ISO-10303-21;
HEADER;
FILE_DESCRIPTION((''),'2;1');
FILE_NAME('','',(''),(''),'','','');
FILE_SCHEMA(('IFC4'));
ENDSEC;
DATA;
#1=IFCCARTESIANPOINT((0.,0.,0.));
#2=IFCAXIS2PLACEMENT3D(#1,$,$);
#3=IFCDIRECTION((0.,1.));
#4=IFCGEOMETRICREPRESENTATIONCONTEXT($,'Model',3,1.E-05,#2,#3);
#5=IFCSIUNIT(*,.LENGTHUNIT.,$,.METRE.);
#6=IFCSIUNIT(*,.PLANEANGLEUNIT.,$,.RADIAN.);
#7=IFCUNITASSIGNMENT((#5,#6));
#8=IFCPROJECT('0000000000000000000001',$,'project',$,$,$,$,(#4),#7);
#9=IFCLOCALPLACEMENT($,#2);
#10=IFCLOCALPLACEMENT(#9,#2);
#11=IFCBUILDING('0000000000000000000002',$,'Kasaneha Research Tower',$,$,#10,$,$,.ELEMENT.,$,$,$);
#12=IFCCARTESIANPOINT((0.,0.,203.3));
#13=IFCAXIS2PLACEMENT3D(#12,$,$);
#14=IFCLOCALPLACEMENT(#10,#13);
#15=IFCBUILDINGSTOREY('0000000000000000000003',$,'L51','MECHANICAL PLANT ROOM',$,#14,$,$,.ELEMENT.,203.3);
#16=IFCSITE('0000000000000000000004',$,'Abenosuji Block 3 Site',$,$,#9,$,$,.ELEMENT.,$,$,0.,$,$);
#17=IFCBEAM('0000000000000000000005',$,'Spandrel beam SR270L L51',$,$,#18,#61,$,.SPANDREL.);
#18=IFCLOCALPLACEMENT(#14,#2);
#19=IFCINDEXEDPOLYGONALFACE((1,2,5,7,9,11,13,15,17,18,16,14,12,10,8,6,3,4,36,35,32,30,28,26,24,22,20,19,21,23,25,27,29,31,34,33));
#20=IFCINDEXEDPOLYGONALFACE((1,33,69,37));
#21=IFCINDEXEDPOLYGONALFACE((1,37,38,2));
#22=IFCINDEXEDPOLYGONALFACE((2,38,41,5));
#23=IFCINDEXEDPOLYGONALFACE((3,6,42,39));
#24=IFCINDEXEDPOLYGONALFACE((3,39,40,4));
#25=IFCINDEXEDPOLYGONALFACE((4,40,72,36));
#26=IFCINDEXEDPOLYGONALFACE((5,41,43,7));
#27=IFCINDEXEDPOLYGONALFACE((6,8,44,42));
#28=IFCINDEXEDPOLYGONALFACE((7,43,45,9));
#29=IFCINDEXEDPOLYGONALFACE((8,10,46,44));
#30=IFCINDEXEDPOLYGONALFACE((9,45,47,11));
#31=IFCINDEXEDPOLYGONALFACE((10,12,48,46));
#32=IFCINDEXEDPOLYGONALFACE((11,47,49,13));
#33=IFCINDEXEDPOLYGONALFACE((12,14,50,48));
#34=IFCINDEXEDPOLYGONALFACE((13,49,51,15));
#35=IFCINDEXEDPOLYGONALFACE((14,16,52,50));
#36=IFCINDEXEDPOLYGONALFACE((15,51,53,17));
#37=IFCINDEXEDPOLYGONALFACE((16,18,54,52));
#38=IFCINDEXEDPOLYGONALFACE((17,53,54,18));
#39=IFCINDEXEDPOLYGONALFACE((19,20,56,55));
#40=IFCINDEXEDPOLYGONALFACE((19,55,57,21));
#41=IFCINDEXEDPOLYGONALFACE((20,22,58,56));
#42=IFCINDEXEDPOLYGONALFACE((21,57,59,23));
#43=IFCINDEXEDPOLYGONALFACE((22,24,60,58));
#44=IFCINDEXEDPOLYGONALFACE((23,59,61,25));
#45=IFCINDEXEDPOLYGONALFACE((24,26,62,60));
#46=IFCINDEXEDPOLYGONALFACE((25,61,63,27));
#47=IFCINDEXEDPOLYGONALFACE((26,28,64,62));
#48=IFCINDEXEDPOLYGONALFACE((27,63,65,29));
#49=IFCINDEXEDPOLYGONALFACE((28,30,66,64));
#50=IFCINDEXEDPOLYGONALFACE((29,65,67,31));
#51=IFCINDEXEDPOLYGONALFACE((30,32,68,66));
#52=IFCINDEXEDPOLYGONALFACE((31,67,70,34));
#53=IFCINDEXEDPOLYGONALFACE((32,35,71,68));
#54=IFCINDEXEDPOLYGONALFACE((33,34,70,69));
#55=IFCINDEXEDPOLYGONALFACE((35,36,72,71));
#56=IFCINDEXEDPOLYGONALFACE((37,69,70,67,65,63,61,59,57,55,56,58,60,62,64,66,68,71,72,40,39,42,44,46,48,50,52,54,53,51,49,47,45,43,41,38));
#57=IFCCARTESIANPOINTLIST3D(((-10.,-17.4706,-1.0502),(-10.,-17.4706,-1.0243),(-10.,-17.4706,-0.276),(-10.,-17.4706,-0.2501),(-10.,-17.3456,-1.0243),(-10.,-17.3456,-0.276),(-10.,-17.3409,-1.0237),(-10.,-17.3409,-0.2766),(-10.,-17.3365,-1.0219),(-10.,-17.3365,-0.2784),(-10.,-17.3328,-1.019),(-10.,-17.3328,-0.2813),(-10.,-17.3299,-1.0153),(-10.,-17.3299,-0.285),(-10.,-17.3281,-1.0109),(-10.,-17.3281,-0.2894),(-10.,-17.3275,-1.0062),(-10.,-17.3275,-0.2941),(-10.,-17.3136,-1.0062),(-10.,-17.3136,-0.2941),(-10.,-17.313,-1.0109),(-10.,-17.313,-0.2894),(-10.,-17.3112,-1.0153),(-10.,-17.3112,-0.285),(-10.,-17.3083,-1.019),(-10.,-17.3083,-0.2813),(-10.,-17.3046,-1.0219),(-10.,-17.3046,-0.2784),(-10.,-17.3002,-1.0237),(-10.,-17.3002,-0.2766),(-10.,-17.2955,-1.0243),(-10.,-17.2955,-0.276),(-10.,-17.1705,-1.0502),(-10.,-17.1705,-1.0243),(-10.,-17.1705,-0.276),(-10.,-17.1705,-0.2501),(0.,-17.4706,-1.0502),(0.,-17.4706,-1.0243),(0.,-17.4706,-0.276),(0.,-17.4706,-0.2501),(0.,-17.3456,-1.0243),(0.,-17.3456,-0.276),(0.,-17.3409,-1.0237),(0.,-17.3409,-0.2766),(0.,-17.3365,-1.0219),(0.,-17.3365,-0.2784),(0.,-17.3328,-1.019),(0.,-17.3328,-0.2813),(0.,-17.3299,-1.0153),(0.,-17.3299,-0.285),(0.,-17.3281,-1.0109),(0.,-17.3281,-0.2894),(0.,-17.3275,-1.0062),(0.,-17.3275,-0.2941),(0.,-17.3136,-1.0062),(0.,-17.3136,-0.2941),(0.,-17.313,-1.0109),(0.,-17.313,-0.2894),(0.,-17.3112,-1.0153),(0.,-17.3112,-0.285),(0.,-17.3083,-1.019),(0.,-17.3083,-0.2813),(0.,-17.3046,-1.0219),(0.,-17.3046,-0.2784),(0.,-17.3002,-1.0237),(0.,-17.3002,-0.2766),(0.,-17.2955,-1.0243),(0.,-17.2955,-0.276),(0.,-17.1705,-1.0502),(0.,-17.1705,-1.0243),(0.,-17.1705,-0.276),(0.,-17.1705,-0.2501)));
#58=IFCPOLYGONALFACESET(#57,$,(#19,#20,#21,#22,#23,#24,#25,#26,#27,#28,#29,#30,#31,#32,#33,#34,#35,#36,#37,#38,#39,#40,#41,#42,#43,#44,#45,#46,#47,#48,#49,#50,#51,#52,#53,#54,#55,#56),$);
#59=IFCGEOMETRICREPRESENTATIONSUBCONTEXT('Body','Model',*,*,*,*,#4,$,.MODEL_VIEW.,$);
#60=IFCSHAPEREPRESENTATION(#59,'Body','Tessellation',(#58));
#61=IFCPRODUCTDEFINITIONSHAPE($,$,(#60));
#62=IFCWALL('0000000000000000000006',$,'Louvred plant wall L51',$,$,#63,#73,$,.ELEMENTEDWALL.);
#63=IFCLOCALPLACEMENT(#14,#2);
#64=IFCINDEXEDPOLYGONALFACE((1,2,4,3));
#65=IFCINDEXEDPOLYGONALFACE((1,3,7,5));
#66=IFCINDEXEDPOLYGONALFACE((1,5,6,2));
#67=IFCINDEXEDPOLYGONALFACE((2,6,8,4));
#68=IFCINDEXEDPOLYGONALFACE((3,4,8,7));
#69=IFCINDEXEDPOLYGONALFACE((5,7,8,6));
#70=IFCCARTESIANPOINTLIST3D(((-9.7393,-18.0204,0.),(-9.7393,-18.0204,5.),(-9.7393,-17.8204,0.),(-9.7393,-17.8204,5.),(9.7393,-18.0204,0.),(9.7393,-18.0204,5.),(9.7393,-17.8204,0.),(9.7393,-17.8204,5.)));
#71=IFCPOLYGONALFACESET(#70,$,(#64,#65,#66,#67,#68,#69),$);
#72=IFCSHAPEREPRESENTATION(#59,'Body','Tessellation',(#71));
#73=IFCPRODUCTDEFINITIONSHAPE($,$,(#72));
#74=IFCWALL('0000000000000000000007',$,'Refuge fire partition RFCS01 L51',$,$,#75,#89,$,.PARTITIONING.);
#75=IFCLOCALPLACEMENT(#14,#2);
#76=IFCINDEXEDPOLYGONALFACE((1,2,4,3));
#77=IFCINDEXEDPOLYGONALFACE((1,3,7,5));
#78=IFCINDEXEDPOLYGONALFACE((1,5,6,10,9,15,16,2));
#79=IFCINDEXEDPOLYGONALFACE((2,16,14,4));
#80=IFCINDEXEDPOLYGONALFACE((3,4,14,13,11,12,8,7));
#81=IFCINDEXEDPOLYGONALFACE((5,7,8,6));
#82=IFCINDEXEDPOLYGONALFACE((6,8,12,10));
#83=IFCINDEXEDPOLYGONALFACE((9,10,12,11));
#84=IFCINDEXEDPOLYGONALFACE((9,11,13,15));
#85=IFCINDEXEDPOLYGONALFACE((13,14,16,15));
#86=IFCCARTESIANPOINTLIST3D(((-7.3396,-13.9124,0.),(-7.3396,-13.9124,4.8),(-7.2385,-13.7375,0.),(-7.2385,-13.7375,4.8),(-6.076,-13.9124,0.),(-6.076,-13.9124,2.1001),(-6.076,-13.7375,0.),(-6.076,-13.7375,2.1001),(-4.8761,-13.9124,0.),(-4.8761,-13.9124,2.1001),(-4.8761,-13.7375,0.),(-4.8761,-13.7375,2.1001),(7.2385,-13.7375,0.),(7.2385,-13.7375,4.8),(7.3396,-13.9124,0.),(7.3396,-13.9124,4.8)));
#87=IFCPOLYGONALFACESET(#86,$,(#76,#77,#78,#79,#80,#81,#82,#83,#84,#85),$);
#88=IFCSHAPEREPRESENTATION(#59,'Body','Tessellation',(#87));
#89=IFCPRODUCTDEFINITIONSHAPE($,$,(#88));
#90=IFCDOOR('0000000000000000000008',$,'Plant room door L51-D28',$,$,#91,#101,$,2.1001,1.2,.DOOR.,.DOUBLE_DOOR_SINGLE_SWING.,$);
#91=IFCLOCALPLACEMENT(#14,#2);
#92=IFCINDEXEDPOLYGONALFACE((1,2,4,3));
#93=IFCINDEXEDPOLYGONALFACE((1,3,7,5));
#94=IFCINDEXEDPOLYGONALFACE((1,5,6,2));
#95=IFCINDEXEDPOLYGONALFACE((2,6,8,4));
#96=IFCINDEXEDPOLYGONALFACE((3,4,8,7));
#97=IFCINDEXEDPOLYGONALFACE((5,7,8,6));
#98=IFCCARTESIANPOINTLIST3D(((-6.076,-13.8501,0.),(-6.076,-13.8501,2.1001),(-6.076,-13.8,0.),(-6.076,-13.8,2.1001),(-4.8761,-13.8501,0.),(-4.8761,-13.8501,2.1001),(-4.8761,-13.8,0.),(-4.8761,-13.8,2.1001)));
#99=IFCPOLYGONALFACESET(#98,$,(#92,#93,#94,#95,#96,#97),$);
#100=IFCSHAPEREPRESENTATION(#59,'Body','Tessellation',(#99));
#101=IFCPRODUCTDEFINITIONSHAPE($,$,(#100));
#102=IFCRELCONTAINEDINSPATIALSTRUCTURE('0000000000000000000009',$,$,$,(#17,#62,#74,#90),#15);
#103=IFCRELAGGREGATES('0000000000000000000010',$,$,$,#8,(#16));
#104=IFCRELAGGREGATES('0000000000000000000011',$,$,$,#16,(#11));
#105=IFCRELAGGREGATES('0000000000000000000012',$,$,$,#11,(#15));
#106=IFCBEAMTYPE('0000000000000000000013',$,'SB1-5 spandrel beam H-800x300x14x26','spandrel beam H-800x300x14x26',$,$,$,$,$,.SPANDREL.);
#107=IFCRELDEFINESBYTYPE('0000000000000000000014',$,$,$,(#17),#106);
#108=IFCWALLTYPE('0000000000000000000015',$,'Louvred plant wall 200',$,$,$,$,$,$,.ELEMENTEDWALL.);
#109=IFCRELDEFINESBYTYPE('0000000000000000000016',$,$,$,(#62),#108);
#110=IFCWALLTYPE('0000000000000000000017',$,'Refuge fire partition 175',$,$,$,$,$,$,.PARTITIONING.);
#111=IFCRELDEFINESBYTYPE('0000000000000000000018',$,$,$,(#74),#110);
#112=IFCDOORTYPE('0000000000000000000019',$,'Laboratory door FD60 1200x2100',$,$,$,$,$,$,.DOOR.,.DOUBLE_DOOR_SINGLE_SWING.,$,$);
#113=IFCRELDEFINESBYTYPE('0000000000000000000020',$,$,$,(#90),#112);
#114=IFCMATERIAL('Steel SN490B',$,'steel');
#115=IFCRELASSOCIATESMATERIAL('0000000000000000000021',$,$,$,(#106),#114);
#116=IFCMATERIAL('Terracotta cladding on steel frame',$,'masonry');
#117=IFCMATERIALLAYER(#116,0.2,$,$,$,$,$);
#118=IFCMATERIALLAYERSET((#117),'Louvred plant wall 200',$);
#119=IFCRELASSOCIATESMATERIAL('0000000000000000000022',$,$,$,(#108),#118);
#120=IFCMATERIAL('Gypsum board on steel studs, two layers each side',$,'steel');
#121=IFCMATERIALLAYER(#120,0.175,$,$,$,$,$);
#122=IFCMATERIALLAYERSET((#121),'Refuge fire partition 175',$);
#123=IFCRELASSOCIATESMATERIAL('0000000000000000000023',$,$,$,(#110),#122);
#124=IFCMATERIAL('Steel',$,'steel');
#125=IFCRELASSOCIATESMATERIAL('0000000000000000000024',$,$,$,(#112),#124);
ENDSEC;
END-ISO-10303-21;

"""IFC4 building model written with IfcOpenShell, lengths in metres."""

from ifc_helpers import new_model, si_unit, direction, frame, frame_2d, origin, origin_2d, place, context, subcontext, project, spatial, polyline, rectangle, i_section, outline, extrude, material, layer, layer_set, material_profile, profile_set, type_object, element, fill, save


model = new_model("IFC4")

# Units and contexts
model_context = context("Model", 3, precision=1e-05, world=origin(), true_north=direction((0.0, 1.0)))
body_context = subcontext(model_context, "Body", "Model", "MODEL_VIEW")
ifc_project = project(units=[si_unit("LENGTHUNIT", "METRE"), si_unit("PLANEANGLEUNIT", "RADIAN")], contexts=[model_context])

# Site, building, storey
site_placement = place(None, origin())
site = spatial("IfcSite", under=ifc_project, at=site_placement, Name="Abenosuji Block 3 Site", CompositionType="ELEMENT", RefElevation=0.0)
building_placement = place(site_placement, origin())
building = spatial("IfcBuilding", under=site, at=building_placement, Name="Kasaneha Research Tower", CompositionType="ELEMENT")
storey_placement = place(building_placement, frame((0.0, 0.0, 203.3)))
storey = spatial("IfcBuildingStorey", under=building, at=storey_placement, Name="L51", Description="MECHANICAL PLANT ROOM", CompositionType="ELEMENT", Elevation=203.3)

# Beam
ifc_material_1 = material(Name="Steel SN490B", Category="steel")
ifc_material_profile_1 = material_profile(ifc_material_1, i_section(OverallWidth=0.3, OverallDepth=0.8, WebThickness=0.0139, FlangeThickness=0.0259, FilletRadius=0.0181, at=origin_2d()), Name="H-800x300x14x26")
ifc_profile_set_1 = profile_set([ifc_material_profile_1], Name="Steel SN490B")
beam_type_1 = type_object("IfcBeamType", Name="SB1-5 spandrel beam H-800x300x14x26", Description="spandrel beam H-800x300x14x26", PredefinedType="SPANDREL", material=ifc_profile_set_1)
beam_1_placement = place(storey_placement, frame((-10.0, -17.3206, -0.6501), z_axis=(1.0, 0.0, 0.0), x_axis=(0.0, 1.0, 0.0)))
element("IfcBeam", 1, at=beam_1_placement, inside=storey, type_object=beam_type_1, Name="Spandrel beam SR270L L51", PredefinedType="SPANDREL", context=body_context, shape_type="SweptSolid", body=[
    extrude(i_section(OverallWidth=0.3, OverallDepth=0.8, WebThickness=0.0139, FlangeThickness=0.0259, FilletRadius=0.0181, at=origin_2d()), origin(), (0.0, 0.0, 1.0), 10.0),
])

# Wall
ifc_material_2 = material(Name="Terracotta cladding on steel frame", Category="masonry")
ifc_layer_1 = layer(ifc_material_2, 0.2)
ifc_layer_set_1 = layer_set([ifc_layer_1], Name="Louvred plant wall 200")
wall_type_1 = type_object("IfcWallType", Name="Louvred plant wall 200", PredefinedType="ELEMENTEDWALL", material=ifc_layer_set_1)
wall_1_placement = place(storey_placement, frame((-9.7393, -17.9204, 0.0), z_axis=(0.0, 0.0, 1.0), x_axis=(1.0, 0.0, 0.0)))
element("IfcWall", 2, at=wall_1_placement, inside=storey, type_object=wall_type_1, Name="Louvred plant wall L51", PredefinedType="ELEMENTEDWALL", context=body_context, shape_type="SweptSolid", body=[
    extrude(rectangle(XDim=19.4785, YDim=0.2, at=frame_2d((9.7393, 0.0))), origin(), (0.0, 0.0, 1.0), 5.0),
])

# Wall, opening, door
ifc_material_3 = material(Name="Gypsum board on steel studs, two layers each side", Category="steel")
ifc_layer_2 = layer(ifc_material_3, 0.175)
ifc_layer_set_2 = layer_set([ifc_layer_2], Name="Refuge fire partition 175")
wall_type_2 = type_object("IfcWallType", Name="Refuge fire partition 175", PredefinedType="PARTITIONING", material=ifc_layer_set_2)
wall_2_placement = place(storey_placement, frame((-7.2891, -13.825, 0.0), z_axis=(0.0, 0.0, 1.0), x_axis=(1.0, 0.0, 0.0)))
wall_2 = element("IfcWall", 3, at=wall_2_placement, inside=storey, type_object=wall_type_2, Name="Refuge fire partition RFCS01 L51", PredefinedType="PARTITIONING", context=body_context, shape_type="SweptSolid", body=[
    extrude(outline(polyline([(-0.0505, -0.0874), (1.2129, -0.0874), (2.4128, -0.0874), (14.6287, -0.0874), (14.5276, 0.0874), (2.4128, 0.0874), (1.2129, 0.0874), (0.0505, 0.0874), (-0.0505, -0.0874)])), origin(), (0.0, 0.0, 1.0), 4.8),
])
opening_placement = place(wall_2_placement, frame((1.2129, 0.0, 0.0)))
opening = element("IfcOpeningElement", 4, at=opening_placement, cuts=wall_2, PredefinedType="OPENING", context=body_context, shape_type="SweptSolid", body=[
    extrude(rectangle(XDim=1.2, YDim=2.1001, at=frame_2d((0.6001, 1.05))), frame((0.0, 0.0977, 0.0), z_axis=(0.0, -1.0, 0.0), x_axis=(1.0, 0.0, 0.0)), (0.0, 0.0, 1.0), 0.1951),
])
ifc_material_4 = material(Name="Steel", Category="steel")
door_type = type_object("IfcDoorType", Name="Laboratory door FD60 1200x2100", OperationType="DOUBLE_DOOR_SINGLE_SWING", PredefinedType="DOOR", material=ifc_material_4)
door_placement = place(opening_placement, origin())
door = element("IfcDoor", 5, at=door_placement, inside=storey, type_object=door_type, Name="Plant room door L51-D28", OperationType="DOUBLE_DOOR_SINGLE_SWING", OverallHeight=2.1001, OverallWidth=1.2, PredefinedType="DOOR", context=body_context, shape_type="SweptSolid", body=[
    extrude(rectangle(XDim=1.2, YDim=2.1001, at=frame_2d((0.6001, 1.05))), frame((0.0, 0.0249, 0.0), z_axis=(0.0, -1.0, 0.0), x_axis=(1.0, 0.0, 0.0)), (0.0, 0.0, 1.0), 0.05),
])
fill(opening, door)

save(model, "model.ifc")
